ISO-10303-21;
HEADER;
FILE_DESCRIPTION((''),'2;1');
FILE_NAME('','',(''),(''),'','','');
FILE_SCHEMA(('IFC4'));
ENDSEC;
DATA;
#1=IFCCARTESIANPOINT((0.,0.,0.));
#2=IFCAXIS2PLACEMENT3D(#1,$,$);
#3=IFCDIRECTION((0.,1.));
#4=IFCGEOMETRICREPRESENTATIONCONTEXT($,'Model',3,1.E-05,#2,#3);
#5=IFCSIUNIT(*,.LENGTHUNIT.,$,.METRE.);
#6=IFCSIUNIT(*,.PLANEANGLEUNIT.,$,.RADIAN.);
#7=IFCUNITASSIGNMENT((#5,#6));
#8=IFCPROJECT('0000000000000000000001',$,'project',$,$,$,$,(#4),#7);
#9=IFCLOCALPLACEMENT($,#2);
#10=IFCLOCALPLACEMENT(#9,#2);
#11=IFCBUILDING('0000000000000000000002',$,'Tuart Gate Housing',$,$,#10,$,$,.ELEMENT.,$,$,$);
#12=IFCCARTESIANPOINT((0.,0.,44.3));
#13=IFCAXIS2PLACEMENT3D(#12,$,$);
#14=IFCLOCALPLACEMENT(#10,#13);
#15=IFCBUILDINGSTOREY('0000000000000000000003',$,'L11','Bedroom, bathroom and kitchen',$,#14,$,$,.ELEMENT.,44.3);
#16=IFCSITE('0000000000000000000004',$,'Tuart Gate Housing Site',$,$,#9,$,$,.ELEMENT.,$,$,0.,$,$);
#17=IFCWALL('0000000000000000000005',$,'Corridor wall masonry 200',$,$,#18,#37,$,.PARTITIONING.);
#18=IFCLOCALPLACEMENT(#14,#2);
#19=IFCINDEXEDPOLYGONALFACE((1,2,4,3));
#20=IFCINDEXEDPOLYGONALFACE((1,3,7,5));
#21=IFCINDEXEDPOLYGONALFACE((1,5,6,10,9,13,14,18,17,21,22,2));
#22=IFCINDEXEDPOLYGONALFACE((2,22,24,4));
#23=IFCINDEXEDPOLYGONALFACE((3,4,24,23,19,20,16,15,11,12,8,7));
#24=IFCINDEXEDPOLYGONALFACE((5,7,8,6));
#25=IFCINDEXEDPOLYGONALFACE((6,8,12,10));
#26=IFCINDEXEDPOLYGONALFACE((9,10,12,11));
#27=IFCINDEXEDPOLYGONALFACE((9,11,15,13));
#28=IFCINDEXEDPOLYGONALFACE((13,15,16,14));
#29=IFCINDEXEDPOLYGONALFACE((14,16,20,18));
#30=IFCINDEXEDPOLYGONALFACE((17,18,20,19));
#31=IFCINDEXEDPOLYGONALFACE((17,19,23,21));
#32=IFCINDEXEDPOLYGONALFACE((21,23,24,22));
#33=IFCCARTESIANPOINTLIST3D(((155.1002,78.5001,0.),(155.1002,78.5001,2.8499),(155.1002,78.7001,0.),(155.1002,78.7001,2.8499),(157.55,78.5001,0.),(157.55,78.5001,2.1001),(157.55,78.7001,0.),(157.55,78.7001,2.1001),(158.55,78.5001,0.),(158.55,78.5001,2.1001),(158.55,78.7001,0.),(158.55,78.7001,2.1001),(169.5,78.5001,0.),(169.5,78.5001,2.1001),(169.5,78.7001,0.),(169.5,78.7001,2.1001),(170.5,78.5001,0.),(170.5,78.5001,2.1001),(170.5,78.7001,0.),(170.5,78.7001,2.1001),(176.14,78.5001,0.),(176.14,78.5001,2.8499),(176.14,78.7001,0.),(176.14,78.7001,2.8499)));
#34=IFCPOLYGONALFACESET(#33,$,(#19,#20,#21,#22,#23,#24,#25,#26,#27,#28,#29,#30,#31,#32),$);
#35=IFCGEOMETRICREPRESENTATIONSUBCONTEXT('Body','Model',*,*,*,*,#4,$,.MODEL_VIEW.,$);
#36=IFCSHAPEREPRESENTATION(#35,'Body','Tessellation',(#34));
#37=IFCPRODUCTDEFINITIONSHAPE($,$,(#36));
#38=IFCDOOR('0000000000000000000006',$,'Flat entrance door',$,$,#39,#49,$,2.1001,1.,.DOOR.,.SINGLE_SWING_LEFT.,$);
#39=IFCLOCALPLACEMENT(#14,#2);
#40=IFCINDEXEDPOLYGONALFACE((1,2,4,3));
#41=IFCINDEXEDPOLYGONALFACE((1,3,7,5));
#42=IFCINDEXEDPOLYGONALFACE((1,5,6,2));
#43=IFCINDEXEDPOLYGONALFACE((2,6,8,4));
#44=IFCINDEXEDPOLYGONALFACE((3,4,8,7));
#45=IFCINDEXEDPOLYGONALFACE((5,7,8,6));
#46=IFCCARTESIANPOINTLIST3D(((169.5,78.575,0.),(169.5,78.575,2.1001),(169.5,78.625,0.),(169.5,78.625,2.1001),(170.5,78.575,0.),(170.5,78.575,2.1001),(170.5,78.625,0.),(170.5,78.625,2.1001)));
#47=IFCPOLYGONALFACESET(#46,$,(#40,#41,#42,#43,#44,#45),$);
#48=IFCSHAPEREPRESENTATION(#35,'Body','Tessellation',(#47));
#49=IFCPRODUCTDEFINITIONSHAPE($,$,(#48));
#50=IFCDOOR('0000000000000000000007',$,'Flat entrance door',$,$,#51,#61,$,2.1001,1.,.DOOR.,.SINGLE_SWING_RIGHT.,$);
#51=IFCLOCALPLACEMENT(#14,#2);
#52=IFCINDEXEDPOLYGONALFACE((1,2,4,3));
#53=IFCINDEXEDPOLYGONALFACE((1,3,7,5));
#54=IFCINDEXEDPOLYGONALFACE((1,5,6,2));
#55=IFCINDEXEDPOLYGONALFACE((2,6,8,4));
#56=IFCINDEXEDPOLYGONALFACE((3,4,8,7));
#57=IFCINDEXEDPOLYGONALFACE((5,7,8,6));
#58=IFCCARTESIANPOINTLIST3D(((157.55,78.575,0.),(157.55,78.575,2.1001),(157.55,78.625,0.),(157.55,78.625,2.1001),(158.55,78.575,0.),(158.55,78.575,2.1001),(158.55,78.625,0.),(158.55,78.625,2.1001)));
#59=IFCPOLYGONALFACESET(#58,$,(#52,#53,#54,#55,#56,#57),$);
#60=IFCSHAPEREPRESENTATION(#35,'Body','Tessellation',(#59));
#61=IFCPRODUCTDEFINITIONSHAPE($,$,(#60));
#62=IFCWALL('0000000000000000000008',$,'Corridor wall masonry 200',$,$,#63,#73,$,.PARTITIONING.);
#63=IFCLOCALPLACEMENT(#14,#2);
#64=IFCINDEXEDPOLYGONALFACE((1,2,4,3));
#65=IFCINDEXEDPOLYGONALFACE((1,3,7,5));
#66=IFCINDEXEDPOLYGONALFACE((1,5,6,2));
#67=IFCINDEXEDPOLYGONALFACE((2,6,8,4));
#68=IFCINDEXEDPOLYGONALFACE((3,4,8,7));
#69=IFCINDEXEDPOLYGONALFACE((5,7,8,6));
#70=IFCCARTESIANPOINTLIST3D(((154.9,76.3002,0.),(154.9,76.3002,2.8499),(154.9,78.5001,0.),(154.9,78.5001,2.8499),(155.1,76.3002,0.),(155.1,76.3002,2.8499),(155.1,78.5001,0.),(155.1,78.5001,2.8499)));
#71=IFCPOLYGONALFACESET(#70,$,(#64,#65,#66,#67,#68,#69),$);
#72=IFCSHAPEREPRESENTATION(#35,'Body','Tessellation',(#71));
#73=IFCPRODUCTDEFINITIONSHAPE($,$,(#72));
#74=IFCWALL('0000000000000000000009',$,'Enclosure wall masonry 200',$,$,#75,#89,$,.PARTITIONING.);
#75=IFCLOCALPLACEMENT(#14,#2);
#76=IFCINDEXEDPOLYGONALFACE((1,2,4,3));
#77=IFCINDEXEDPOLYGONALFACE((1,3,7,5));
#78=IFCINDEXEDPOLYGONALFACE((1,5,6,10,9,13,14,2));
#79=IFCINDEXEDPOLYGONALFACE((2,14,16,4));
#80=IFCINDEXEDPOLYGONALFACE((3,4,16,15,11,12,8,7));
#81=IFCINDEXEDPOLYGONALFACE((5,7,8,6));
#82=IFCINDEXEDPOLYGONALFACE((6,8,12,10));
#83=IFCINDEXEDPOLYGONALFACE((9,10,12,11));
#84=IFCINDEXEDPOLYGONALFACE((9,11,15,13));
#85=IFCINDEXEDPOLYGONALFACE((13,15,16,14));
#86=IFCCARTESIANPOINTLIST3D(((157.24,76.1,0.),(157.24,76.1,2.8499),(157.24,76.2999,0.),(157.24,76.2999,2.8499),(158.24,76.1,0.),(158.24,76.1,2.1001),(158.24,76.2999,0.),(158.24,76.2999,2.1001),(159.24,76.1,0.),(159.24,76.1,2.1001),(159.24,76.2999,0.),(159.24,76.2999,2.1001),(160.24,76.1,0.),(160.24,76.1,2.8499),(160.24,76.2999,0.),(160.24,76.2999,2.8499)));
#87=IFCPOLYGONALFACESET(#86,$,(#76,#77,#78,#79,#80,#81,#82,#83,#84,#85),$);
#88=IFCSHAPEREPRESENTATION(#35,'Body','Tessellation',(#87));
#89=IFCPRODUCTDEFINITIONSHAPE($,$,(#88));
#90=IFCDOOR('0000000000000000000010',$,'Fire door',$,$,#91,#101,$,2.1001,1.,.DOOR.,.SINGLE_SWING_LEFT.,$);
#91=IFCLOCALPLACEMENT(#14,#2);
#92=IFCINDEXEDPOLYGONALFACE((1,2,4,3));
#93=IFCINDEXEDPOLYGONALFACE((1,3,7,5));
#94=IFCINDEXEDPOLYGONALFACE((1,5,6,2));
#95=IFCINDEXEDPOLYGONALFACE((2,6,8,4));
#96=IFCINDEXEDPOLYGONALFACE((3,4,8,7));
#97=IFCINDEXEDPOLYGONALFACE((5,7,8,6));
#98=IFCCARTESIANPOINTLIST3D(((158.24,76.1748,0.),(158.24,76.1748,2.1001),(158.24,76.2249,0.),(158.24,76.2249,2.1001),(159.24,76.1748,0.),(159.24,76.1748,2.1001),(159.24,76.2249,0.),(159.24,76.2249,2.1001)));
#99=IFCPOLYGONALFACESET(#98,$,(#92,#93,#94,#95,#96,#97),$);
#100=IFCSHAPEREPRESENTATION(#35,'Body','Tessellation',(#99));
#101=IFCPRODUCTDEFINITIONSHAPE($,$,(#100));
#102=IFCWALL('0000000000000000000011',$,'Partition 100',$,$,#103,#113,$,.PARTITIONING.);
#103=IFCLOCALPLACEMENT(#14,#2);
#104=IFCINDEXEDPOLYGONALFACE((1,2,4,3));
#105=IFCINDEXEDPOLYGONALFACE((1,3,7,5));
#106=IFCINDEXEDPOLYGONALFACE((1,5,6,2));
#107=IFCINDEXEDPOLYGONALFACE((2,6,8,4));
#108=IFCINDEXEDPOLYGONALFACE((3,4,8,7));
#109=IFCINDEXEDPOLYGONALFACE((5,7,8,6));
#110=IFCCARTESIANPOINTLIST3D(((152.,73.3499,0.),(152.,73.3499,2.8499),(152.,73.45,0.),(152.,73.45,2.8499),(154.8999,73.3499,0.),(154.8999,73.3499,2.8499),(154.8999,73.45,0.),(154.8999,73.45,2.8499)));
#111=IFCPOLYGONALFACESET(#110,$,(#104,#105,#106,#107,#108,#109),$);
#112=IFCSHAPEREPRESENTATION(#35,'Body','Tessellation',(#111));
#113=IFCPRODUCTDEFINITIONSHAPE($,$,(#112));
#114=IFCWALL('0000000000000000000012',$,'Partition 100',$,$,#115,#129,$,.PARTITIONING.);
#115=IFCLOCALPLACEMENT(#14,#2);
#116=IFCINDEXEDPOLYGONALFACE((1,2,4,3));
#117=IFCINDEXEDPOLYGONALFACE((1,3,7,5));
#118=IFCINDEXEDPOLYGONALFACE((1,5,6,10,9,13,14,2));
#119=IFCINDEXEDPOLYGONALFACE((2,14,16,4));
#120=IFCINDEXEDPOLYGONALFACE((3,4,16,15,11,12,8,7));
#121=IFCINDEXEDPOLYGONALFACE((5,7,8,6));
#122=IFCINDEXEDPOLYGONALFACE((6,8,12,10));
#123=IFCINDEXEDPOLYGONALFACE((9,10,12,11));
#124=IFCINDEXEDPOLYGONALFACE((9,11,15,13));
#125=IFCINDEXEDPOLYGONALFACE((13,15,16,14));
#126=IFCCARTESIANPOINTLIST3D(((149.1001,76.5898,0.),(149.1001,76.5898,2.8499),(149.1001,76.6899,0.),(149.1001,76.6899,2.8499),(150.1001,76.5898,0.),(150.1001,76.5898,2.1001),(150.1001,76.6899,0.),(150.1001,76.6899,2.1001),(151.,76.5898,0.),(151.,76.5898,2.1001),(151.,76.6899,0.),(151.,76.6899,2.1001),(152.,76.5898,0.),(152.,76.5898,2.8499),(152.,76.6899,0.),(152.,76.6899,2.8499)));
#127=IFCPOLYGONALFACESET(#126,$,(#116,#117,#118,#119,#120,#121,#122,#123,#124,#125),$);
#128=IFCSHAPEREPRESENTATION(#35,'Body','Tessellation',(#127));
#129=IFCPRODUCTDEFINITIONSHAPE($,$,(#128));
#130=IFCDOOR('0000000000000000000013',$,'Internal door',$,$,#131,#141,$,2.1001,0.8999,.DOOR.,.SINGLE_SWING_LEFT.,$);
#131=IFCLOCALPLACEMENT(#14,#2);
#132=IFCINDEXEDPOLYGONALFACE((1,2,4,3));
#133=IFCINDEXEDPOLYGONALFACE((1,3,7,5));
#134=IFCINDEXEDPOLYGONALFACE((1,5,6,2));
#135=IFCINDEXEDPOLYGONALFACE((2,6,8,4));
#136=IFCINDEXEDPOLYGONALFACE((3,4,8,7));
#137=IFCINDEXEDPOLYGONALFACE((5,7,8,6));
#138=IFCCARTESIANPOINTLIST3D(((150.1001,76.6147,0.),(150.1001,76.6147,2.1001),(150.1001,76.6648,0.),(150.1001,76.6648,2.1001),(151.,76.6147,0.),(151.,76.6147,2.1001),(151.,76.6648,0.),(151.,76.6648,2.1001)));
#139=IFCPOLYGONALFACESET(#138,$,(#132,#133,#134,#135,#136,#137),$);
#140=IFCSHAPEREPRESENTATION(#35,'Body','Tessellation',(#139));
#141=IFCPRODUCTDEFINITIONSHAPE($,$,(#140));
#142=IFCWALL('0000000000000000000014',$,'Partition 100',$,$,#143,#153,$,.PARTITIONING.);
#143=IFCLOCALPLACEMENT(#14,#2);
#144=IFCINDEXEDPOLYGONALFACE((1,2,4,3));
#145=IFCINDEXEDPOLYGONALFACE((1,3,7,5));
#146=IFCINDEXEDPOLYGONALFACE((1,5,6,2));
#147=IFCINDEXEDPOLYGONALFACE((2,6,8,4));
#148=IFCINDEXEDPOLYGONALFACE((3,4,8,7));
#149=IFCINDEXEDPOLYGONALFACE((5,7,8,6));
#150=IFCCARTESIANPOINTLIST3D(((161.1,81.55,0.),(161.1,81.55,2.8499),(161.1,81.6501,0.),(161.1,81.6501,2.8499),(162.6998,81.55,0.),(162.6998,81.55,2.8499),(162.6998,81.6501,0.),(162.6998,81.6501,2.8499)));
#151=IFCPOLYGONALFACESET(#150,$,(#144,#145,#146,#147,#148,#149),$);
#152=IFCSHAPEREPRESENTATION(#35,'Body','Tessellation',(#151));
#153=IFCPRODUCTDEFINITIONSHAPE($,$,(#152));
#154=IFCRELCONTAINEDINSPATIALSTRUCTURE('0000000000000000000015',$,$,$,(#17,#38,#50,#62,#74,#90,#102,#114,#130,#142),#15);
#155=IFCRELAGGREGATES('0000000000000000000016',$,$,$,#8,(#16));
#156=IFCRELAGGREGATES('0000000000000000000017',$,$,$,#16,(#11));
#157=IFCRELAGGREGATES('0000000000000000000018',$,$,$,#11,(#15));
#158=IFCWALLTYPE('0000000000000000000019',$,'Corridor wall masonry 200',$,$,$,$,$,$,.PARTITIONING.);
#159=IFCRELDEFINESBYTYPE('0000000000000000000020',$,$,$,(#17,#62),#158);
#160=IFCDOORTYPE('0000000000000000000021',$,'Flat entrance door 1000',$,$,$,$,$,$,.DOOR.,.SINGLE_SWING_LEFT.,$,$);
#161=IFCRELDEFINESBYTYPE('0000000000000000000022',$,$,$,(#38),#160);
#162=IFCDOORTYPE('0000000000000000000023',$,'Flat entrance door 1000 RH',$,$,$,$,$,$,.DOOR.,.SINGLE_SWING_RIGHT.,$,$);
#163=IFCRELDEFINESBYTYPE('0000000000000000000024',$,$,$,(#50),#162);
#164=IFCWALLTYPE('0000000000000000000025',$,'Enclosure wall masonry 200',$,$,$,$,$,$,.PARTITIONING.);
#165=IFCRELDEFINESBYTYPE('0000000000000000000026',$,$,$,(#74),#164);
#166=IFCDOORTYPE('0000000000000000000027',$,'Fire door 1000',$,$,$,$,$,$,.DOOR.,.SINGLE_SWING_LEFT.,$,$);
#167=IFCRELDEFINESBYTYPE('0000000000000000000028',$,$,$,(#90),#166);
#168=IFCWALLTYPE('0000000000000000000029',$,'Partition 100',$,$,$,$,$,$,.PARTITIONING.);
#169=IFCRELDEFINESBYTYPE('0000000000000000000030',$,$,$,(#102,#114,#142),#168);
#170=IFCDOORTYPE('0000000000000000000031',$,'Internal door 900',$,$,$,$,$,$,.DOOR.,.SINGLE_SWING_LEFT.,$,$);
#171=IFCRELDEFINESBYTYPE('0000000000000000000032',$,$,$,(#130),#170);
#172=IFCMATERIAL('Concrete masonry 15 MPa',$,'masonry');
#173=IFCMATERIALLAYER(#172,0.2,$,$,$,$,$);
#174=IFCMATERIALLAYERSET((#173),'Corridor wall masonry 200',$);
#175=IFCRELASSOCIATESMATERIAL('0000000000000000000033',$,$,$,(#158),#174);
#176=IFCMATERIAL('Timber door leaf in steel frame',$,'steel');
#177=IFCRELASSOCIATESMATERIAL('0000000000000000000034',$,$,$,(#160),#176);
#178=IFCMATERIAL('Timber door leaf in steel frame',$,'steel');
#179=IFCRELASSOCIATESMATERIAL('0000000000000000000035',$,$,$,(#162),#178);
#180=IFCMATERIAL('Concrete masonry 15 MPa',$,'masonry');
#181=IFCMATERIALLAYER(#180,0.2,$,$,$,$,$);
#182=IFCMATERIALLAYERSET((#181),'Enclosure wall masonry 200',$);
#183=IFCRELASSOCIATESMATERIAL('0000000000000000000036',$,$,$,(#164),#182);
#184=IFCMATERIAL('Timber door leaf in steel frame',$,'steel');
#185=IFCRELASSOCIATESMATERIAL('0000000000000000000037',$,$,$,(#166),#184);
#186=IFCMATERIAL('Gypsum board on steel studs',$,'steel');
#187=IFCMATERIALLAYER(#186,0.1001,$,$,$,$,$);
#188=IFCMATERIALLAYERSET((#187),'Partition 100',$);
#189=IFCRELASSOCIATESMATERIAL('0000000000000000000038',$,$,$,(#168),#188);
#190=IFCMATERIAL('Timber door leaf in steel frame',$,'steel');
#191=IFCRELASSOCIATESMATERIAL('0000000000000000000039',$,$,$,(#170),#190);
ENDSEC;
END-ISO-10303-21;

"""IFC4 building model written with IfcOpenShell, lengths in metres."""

from ifc_helpers import new_model, si_unit, direction, frame, frame_2d, origin, place, context, subcontext, project, spatial, rectangle, extrude, material, layer, layer_set, type_object, element, fill, save


model = new_model("IFC4")

# Units and contexts
model_context = context("Model", 3, precision=1e-05, world=origin(), true_north=direction((0.0, 1.0)))
body_context = subcontext(model_context, "Body", "Model", "MODEL_VIEW")
ifc_project = project(units=[si_unit("LENGTHUNIT", "METRE"), si_unit("PLANEANGLEUNIT", "RADIAN")], contexts=[model_context])

# Site, building, storey
site_placement = place(None, origin())
site = spatial("IfcSite", under=ifc_project, at=site_placement, Name="Tuart Gate Housing Site", CompositionType="ELEMENT", RefElevation=0.0)
building_placement = place(site_placement, origin())
building = spatial("IfcBuilding", under=site, at=building_placement, Name="Tuart Gate Housing", CompositionType="ELEMENT")
storey_placement = place(building_placement, frame((0.0, 0.0, 44.3)))
storey = spatial("IfcBuildingStorey", under=building, at=storey_placement, Name="L11", Description="Bedroom, bathroom and kitchen", CompositionType="ELEMENT", Elevation=44.3)

# Shared definitions
ifc_material_1 = material(Name="Concrete masonry 15 MPa", Category="masonry")
ifc_layer_1 = layer(ifc_material_1, 0.2)
ifc_layer_set_1 = layer_set([ifc_layer_1], Name="Corridor wall masonry 200")
wall_type_1 = type_object("IfcWallType", Name="Corridor wall masonry 200", PredefinedType="PARTITIONING", material=ifc_layer_set_1)

# Wall, openings, doors
wall_1_placement = place(storey_placement, frame((155.1001, 78.6001, 0.0), z_axis=(0.0, 0.0, 1.0), x_axis=(1.0, 0.0, 0.0)))
wall_1 = element("IfcWall", 1, at=wall_1_placement, inside=storey, type_object=wall_type_1, Name="Corridor wall masonry 200", PredefinedType="PARTITIONING", context=body_context, shape_type="SweptSolid", body=[
    extrude(rectangle(XDim=21.0398, YDim=0.2, at=frame_2d((10.52, 0.0))), origin(), (0.0, 0.0, 1.0), 2.8499),
])
opening_1_placement = place(wall_1_placement, frame((2.45, 0.0, 0.0)))
opening_1 = element("IfcOpeningElement", 2, at=opening_1_placement, cuts=wall_1, PredefinedType="OPENING", context=body_context, shape_type="SweptSolid", body=[
    extrude(rectangle(XDim=1.0, YDim=2.1001, at=frame_2d((0.5, 1.05))), frame((0.0, 0.1099, 0.0), z_axis=(0.0, -1.0, 0.0), x_axis=(1.0, 0.0, 0.0)), (0.0, 0.0, 1.0), 0.22),
])
opening_2_placement = place(wall_1_placement, frame((14.3999, 0.0, 0.0)))
opening_2 = element("IfcOpeningElement", 3, at=opening_2_placement, cuts=wall_1, PredefinedType="OPENING", context=body_context, shape_type="SweptSolid", body=[
    extrude(rectangle(XDim=1.0, YDim=2.1001, at=frame_2d((0.5, 1.05))), frame((0.0, 0.1099, 0.0), z_axis=(0.0, -1.0, 0.0), x_axis=(1.0, 0.0, 0.0)), (0.0, 0.0, 1.0), 0.22),
])
ifc_material_2 = material(Name="Timber door leaf in steel frame", Category="steel")
door_type_1 = type_object("IfcDoorType", Name="Flat entrance door 1000", OperationType="SINGLE_SWING_LEFT", PredefinedType="DOOR", material=ifc_material_2)
door_1_placement = place(opening_2_placement, origin())
door_1 = element("IfcDoor", 4, at=door_1_placement, inside=storey, type_object=door_type_1, Name="Flat entrance door", OperationType="SINGLE_SWING_LEFT", OverallHeight=2.1001, OverallWidth=1.0, PredefinedType="DOOR", context=body_context, shape_type="SweptSolid", body=[
    extrude(rectangle(XDim=1.0, YDim=2.1001, at=frame_2d((0.5, 1.05))), frame((0.0, 0.0249, 0.0), z_axis=(0.0, -1.0, 0.0), x_axis=(1.0, 0.0, 0.0)), (0.0, 0.0, 1.0), 0.05),
])
fill(opening_2, door_1)
ifc_material_3 = material(Name="Timber door leaf in steel frame", Category="steel")
door_type_2 = type_object("IfcDoorType", Name="Flat entrance door 1000 RH", OperationType="SINGLE_SWING_RIGHT", PredefinedType="DOOR", material=ifc_material_3)
door_2_placement = place(opening_1_placement, origin())
door_2 = element("IfcDoor", 5, at=door_2_placement, inside=storey, type_object=door_type_2, Name="Flat entrance door", OperationType="SINGLE_SWING_RIGHT", OverallHeight=2.1001, OverallWidth=1.0, PredefinedType="DOOR", context=body_context, shape_type="SweptSolid", body=[
    extrude(rectangle(XDim=1.0, YDim=2.1001, at=frame_2d((0.5, 1.05))), frame((0.0, 0.0249, 0.0), z_axis=(0.0, -1.0, 0.0), x_axis=(1.0, 0.0, 0.0)), (0.0, 0.0, 1.0), 0.05),
])
fill(opening_1, door_2)

# Wall
wall_2_placement = place(storey_placement, frame((155.0, 76.3, 0.0), z_axis=(0.0, 0.0, 1.0), x_axis=(0.0, 1.0, 0.0)))
element("IfcWall", 6, at=wall_2_placement, inside=storey, type_object=wall_type_1, Name="Corridor wall masonry 200", PredefinedType="PARTITIONING", context=body_context, shape_type="SweptSolid", body=[
    extrude(rectangle(XDim=2.2, YDim=0.2, at=frame_2d((1.1001, 0.0))), origin(), (0.0, 0.0, 1.0), 2.8499),
])

# Wall, opening, door
ifc_material_4 = material(Name="Concrete masonry 15 MPa", Category="masonry")
ifc_layer_2 = layer(ifc_material_4, 0.2)
ifc_layer_set_2 = layer_set([ifc_layer_2], Name="Enclosure wall masonry 200")
wall_type_2 = type_object("IfcWallType", Name="Enclosure wall masonry 200", PredefinedType="PARTITIONING", material=ifc_layer_set_2)
wall_3_placement = place(storey_placement, frame((157.24, 76.2, 0.0), z_axis=(0.0, 0.0, 1.0), x_axis=(1.0, 0.0, 0.0)))
wall_3 = element("IfcWall", 7, at=wall_3_placement, inside=storey, type_object=wall_type_2, Name="Enclosure wall masonry 200", PredefinedType="PARTITIONING", context=body_context, shape_type="SweptSolid", body=[
    extrude(rectangle(XDim=3.0, YDim=0.2, at=frame_2d((1.5, 0.0))), origin(), (0.0, 0.0, 1.0), 2.8499),
])
opening_3_placement = place(wall_3_placement, frame((1.0, 0.0, 0.0)))
opening_3 = element("IfcOpeningElement", 8, at=opening_3_placement, cuts=wall_3, PredefinedType="OPENING", context=body_context, shape_type="SweptSolid", body=[
    extrude(rectangle(XDim=1.0, YDim=2.1001, at=frame_2d((0.5, 1.05))), frame((0.0, 0.1099, 0.0), z_axis=(0.0, -1.0, 0.0), x_axis=(1.0, 0.0, 0.0)), (0.0, 0.0, 1.0), 0.22),
])
ifc_material_5 = material(Name="Timber door leaf in steel frame", Category="steel")
door_type_3 = type_object("IfcDoorType", Name="Fire door 1000", OperationType="SINGLE_SWING_LEFT", PredefinedType="DOOR", material=ifc_material_5)
door_3_placement = place(opening_3_placement, origin())
door_3 = element("IfcDoor", 9, at=door_3_placement, inside=storey, type_object=door_type_3, Name="Fire door", OperationType="SINGLE_SWING_LEFT", OverallHeight=2.1001, OverallWidth=1.0, PredefinedType="DOOR", context=body_context, shape_type="SweptSolid", body=[
    extrude(rectangle(XDim=1.0, YDim=2.1001, at=frame_2d((0.5, 1.05))), frame((0.0, 0.0249, 0.0), z_axis=(0.0, -1.0, 0.0), x_axis=(1.0, 0.0, 0.0)), (0.0, 0.0, 1.0), 0.05),
])
fill(opening_3, door_3)

# Wall
ifc_material_6 = material(Name="Gypsum board on steel studs", Category="steel")
ifc_layer_3 = layer(ifc_material_6, 0.1001)
ifc_layer_set_3 = layer_set([ifc_layer_3], Name="Partition 100")
wall_type_3 = type_object("IfcWallType", Name="Partition 100", PredefinedType="PARTITIONING", material=ifc_layer_set_3)
wall_4_placement = place(storey_placement, frame((152.0, 73.3999, 0.0), z_axis=(0.0, 0.0, 1.0), x_axis=(1.0, 0.0, 0.0)))
element("IfcWall", 10, at=wall_4_placement, inside=storey, type_object=wall_type_3, Name="Partition 100", PredefinedType="PARTITIONING", context=body_context, shape_type="SweptSolid", body=[
    extrude(rectangle(XDim=2.8999, YDim=0.1001, at=frame_2d((1.45, 0.0))), origin(), (0.0, 0.0, 1.0), 2.8499),
])

# Wall, opening, door
wall_5_placement = place(storey_placement, frame((149.1001, 76.6399, 0.0), z_axis=(0.0, 0.0, 1.0), x_axis=(1.0, 0.0, 0.0)))
wall_5 = element("IfcWall", 11, at=wall_5_placement, inside=storey, type_object=wall_type_3, Name="Partition 100", PredefinedType="PARTITIONING", context=body_context, shape_type="SweptSolid", body=[
    extrude(rectangle(XDim=2.8999, YDim=0.1001, at=frame_2d((1.45, 0.0))), origin(), (0.0, 0.0, 1.0), 2.8499),
])
opening_4_placement = place(wall_5_placement, frame((1.0, 0.0, 0.0)))
opening_4 = element("IfcOpeningElement", 12, at=opening_4_placement, cuts=wall_5, PredefinedType="OPENING", context=body_context, shape_type="SweptSolid", body=[
    extrude(rectangle(XDim=0.8999, YDim=2.1001, at=frame_2d((0.45, 1.05))), frame((0.0, 0.0601, 0.0), z_axis=(0.0, -1.0, 0.0), x_axis=(1.0, 0.0, 0.0)), (0.0, 0.0, 1.0), 0.1201),
])
ifc_material_7 = material(Name="Timber door leaf in steel frame", Category="steel")
door_type_4 = type_object("IfcDoorType", Name="Internal door 900", OperationType="SINGLE_SWING_LEFT", PredefinedType="DOOR", material=ifc_material_7)
door_4_placement = place(opening_4_placement, frame((0.8999, 0.0, 0.0), z_axis=(0.0, 0.0, 1.0), x_axis=(-1.0, 0.0, 0.0)))
door_4 = element("IfcDoor", 13, at=door_4_placement, inside=storey, type_object=door_type_4, Name="Internal door", OperationType="SINGLE_SWING_LEFT", OverallHeight=2.1001, OverallWidth=0.8999, PredefinedType="DOOR", context=body_context, shape_type="SweptSolid", body=[
    extrude(rectangle(XDim=0.8999, YDim=2.1001, at=frame_2d((0.45, 1.05))), frame((0.0, 0.0251, 0.0), z_axis=(0.0, -1.0, 0.0), x_axis=(1.0, 0.0, 0.0)), (0.0, 0.0, 1.0), 0.05),
])
fill(opening_4, door_4)

# Wall
wall_6_placement = place(storey_placement, frame((161.1001, 81.6001, 0.0), z_axis=(0.0, 0.0, 1.0), x_axis=(1.0, 0.0, 0.0)))
element("IfcWall", 14, at=wall_6_placement, inside=storey, type_object=wall_type_3, Name="Partition 100", PredefinedType="PARTITIONING", context=body_context, shape_type="SweptSolid", body=[
    extrude(rectangle(XDim=1.5999, YDim=0.1001, at=frame_2d((0.7998, 0.0))), origin(), (0.0, 0.0, 1.0), 2.8499),
])

save(model, "model.ifc")
